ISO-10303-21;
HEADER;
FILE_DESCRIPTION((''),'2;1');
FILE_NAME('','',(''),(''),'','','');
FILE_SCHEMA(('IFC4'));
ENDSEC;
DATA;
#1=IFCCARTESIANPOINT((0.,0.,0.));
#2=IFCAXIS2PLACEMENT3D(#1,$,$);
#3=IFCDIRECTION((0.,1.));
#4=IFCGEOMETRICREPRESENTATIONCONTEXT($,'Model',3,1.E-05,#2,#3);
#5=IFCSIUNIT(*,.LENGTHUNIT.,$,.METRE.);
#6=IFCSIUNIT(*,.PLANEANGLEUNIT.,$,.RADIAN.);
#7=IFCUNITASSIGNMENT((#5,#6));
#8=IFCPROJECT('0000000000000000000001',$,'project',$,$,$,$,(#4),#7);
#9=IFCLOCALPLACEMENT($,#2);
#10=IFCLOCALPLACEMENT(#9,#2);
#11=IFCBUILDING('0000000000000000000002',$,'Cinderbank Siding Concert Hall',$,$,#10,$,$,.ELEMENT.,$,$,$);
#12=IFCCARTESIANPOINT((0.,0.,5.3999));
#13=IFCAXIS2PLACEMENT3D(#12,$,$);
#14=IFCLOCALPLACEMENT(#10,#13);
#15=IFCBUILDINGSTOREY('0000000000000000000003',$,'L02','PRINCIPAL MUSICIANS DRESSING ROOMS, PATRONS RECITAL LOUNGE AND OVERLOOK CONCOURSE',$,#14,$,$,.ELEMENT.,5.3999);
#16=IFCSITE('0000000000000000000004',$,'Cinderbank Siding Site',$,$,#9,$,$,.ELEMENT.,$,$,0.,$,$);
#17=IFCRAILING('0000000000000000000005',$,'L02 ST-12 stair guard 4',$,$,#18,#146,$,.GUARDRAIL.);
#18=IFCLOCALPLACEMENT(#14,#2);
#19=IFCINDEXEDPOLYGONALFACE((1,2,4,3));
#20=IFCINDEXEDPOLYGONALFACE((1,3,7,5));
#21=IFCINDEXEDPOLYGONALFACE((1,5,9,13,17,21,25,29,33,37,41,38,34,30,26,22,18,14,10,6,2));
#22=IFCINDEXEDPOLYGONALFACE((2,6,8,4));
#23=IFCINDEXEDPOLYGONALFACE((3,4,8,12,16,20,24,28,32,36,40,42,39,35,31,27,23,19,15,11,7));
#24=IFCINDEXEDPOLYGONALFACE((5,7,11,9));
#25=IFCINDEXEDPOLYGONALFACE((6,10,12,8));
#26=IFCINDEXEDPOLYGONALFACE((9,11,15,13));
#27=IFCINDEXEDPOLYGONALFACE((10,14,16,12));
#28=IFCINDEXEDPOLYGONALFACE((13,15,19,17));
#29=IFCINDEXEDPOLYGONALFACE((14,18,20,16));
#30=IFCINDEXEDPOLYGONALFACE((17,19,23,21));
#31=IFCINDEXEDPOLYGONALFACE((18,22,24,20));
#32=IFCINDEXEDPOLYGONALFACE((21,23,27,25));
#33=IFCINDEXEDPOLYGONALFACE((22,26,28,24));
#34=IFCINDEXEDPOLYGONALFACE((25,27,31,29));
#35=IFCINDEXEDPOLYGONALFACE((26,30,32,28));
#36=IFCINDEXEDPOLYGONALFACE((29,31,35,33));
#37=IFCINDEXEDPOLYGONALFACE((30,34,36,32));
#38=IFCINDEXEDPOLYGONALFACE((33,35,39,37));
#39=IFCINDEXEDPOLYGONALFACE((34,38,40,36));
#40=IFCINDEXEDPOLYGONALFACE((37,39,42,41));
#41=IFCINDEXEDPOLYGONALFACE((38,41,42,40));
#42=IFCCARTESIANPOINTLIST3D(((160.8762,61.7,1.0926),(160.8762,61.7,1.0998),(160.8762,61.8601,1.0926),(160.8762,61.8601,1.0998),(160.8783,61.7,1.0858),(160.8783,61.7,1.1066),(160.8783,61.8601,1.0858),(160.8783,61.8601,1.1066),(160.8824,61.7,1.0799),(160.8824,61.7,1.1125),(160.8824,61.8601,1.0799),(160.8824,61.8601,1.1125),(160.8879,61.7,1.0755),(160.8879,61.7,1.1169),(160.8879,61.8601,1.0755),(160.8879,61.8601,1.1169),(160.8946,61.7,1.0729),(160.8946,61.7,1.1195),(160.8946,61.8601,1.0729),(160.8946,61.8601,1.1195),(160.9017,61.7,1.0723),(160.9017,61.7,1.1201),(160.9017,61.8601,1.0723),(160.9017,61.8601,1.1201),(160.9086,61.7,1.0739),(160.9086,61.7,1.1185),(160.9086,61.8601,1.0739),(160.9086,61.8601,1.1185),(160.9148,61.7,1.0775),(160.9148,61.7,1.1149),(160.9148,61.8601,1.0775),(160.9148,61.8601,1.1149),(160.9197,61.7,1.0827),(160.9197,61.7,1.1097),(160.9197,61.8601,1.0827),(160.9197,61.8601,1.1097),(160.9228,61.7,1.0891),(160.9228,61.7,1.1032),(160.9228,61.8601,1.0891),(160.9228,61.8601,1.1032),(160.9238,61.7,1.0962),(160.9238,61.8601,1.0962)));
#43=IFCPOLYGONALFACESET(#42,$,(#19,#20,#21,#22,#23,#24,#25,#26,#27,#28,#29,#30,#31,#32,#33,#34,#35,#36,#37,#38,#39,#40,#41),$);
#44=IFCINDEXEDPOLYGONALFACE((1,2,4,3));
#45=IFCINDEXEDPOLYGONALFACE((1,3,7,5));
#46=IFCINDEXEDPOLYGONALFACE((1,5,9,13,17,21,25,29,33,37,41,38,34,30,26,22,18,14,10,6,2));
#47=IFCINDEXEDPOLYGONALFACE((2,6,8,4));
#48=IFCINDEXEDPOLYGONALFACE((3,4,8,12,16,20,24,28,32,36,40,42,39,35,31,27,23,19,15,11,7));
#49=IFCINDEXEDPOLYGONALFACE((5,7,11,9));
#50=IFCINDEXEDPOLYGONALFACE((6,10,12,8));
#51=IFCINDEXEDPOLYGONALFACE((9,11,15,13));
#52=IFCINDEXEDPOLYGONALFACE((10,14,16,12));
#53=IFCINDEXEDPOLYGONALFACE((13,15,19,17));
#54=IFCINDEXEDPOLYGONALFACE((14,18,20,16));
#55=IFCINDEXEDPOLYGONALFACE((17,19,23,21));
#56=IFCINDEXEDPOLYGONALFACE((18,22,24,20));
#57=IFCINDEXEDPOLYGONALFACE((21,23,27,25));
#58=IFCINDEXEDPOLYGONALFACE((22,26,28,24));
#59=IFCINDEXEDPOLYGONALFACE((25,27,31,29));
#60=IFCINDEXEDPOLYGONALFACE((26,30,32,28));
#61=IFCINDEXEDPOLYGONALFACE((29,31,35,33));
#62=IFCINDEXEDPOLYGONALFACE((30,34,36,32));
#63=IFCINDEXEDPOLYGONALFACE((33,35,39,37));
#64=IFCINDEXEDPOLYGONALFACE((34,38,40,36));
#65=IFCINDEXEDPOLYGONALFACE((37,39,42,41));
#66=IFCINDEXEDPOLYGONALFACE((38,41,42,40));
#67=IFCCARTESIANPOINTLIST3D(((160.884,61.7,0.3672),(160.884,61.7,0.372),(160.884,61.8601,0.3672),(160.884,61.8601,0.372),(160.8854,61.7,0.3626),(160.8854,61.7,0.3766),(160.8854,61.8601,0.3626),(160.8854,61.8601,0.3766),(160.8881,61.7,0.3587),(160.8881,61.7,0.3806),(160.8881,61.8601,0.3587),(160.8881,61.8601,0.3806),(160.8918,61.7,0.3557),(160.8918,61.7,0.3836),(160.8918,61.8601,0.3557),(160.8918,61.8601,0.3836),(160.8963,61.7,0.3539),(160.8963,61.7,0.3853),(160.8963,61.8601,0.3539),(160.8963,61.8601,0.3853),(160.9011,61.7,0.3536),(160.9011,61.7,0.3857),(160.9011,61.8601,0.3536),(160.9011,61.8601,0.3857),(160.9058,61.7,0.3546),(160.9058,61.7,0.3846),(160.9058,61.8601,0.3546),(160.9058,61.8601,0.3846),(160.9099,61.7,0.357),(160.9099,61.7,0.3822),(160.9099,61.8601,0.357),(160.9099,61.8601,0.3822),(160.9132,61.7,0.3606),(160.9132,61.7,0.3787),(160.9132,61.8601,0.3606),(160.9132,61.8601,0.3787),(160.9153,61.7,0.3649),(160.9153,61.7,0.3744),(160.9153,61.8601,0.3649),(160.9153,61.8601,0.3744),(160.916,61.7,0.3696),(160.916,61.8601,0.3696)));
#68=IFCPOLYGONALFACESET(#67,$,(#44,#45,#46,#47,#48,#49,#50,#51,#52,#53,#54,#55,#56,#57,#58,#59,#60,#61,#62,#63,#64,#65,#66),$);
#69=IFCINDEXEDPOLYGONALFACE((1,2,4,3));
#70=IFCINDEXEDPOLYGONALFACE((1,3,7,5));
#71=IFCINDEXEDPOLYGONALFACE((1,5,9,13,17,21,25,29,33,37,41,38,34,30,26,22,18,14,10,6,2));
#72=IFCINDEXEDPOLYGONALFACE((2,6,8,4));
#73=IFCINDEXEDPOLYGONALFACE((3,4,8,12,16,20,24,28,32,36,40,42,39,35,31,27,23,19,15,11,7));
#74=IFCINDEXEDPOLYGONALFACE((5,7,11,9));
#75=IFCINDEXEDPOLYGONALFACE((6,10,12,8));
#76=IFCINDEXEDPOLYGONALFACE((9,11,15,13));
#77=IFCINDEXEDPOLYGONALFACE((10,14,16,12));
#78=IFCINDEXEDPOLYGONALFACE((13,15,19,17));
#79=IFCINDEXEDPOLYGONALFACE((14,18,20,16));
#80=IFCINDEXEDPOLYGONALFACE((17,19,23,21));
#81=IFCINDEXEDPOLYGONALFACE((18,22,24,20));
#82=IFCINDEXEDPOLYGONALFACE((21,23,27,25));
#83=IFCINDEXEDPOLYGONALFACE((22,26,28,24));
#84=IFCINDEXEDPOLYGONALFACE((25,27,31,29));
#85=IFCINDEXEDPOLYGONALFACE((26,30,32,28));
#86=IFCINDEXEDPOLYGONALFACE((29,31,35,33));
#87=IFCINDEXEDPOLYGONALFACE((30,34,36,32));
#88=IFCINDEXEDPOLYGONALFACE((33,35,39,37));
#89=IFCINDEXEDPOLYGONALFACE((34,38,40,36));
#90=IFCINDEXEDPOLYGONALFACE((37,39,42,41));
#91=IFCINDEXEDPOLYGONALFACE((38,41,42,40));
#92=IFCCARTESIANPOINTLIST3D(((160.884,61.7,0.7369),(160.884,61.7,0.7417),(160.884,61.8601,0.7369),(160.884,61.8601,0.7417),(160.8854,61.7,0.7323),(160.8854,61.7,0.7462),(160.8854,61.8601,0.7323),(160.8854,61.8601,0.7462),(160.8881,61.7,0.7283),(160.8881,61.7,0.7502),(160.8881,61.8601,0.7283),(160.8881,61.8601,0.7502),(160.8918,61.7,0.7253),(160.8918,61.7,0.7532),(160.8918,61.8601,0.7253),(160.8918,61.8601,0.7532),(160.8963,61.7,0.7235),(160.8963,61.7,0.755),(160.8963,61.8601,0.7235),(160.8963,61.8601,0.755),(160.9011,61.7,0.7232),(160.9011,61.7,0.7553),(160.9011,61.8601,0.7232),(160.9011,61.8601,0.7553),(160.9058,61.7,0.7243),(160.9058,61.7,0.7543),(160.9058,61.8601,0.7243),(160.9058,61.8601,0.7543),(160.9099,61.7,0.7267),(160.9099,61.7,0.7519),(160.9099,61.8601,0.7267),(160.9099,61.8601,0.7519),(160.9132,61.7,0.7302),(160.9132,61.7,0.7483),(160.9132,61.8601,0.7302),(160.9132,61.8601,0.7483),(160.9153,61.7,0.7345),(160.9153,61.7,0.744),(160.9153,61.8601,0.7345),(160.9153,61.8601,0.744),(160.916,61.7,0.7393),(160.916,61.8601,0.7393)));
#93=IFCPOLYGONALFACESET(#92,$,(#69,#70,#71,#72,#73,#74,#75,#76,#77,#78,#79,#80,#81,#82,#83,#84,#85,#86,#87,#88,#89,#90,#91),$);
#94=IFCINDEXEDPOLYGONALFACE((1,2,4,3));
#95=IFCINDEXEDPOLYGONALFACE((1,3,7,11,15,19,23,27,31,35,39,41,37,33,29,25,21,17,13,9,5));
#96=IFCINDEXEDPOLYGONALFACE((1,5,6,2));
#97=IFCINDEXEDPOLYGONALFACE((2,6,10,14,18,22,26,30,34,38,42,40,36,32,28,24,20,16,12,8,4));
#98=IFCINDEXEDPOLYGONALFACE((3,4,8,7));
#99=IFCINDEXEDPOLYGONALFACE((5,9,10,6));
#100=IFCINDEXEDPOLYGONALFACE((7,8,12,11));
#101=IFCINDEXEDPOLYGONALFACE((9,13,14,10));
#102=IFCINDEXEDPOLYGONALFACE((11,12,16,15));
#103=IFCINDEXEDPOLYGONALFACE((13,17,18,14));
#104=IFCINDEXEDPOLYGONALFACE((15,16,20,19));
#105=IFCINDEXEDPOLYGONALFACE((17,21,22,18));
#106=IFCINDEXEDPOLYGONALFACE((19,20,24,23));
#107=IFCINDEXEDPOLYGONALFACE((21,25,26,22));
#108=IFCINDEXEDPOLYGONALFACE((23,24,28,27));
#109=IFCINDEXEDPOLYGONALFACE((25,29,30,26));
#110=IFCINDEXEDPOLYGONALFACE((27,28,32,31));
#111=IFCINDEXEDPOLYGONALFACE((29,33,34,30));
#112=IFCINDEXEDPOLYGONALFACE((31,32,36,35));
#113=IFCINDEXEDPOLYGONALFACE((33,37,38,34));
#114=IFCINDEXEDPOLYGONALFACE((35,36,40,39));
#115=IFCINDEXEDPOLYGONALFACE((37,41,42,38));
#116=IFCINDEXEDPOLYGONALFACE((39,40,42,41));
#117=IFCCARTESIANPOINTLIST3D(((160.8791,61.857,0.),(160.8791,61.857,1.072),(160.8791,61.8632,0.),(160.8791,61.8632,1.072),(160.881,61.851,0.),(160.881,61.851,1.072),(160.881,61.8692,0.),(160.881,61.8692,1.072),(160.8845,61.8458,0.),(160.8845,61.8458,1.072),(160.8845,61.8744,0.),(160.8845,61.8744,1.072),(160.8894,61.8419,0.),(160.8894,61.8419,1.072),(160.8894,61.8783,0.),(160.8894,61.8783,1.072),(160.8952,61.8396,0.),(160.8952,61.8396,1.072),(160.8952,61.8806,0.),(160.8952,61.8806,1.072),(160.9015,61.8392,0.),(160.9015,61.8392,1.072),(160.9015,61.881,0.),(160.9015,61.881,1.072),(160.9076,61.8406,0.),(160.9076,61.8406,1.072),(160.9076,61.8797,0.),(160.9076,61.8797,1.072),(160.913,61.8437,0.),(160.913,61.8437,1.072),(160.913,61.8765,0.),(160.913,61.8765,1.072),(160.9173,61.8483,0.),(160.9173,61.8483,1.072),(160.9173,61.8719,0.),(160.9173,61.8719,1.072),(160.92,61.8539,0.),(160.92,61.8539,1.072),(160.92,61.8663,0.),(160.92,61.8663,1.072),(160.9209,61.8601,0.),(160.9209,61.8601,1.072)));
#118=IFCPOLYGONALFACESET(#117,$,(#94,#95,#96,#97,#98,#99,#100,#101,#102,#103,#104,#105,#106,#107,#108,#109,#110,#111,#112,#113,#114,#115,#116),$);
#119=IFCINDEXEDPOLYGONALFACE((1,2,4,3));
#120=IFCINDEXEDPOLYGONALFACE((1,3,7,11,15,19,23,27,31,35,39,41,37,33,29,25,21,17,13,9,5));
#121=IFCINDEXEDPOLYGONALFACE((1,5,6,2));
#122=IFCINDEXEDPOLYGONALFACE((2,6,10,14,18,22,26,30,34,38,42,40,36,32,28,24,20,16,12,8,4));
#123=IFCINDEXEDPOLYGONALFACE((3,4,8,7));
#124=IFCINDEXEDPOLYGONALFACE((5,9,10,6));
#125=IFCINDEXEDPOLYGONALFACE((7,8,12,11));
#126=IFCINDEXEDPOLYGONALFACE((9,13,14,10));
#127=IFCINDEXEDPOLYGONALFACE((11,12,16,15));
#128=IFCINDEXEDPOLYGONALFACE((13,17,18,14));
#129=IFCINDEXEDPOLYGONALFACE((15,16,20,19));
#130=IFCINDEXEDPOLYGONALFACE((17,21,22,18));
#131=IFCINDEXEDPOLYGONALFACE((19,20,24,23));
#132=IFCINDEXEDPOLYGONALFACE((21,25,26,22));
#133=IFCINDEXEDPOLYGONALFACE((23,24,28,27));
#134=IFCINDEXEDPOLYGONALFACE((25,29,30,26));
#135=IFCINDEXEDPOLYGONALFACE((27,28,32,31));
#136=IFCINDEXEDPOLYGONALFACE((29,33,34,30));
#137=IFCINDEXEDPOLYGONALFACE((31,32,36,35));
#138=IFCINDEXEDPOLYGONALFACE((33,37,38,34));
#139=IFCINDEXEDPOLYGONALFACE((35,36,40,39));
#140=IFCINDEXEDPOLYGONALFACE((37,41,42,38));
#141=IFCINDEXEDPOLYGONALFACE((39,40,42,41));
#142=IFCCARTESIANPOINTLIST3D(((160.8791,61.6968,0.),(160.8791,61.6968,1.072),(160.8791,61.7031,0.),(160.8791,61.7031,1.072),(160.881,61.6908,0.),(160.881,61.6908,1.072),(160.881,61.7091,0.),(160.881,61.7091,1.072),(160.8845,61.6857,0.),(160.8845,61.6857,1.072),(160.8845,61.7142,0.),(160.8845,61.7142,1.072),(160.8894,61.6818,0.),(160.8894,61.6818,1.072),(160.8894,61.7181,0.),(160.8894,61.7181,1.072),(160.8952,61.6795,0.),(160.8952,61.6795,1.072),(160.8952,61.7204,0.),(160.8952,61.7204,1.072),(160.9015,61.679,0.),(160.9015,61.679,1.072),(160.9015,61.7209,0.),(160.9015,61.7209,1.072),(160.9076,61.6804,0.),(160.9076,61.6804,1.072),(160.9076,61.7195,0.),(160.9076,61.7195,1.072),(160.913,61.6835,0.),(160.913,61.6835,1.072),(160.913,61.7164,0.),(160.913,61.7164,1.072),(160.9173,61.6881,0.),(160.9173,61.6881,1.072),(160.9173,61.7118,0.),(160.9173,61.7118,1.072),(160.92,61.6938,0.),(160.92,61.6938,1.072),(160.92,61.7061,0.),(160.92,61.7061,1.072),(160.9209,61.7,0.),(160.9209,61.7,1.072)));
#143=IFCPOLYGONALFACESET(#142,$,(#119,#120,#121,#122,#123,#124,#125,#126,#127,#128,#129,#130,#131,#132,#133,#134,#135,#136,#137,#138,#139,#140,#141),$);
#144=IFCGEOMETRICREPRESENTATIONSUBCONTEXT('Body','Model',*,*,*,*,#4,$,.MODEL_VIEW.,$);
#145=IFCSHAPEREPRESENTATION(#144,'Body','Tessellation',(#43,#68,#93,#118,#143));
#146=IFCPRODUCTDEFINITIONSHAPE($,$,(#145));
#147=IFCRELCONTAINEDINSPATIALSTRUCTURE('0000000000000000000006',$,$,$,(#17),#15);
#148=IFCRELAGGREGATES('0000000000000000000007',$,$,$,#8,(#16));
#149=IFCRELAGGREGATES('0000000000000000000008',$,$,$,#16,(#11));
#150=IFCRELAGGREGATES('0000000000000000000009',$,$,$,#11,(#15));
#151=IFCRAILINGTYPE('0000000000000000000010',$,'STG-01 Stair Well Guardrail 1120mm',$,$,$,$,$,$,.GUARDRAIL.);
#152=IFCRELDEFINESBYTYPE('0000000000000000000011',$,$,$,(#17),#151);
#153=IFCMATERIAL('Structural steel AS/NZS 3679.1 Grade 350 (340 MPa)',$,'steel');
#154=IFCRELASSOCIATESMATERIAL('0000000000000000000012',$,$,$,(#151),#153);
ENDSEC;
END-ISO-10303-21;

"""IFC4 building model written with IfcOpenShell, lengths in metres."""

from ifc_helpers import new_model, si_unit, direction, frame, origin, origin_2d, place, context, subcontext, project, spatial, circle, extrude, material, type_object, element, save


model = new_model("IFC4")

# Units and contexts
model_context = context("Model", 3, precision=1e-05, world=origin(), true_north=direction((0.0, 1.0)))
body_context = subcontext(model_context, "Body", "Model", "MODEL_VIEW")
ifc_project = project(units=[si_unit("LENGTHUNIT", "METRE"), si_unit("PLANEANGLEUNIT", "RADIAN")], contexts=[model_context])

# Site, building, storey
site_placement = place(None, origin())
site = spatial("IfcSite", under=ifc_project, at=site_placement, Name="Cinderbank Siding Site", CompositionType="ELEMENT", RefElevation=0.0)
building_placement = place(site_placement, origin())
building = spatial("IfcBuilding", under=site, at=building_placement, Name="Cinderbank Siding Concert Hall", CompositionType="ELEMENT")
storey_placement = place(building_placement, frame((0.0, 0.0, 5.3999)))
storey = spatial("IfcBuildingStorey", under=building, at=storey_placement, Name="L02", Description="PRINCIPAL MUSICIANS DRESSING ROOMS, PATRONS RECITAL LOUNGE AND OVERLOOK CONCOURSE", CompositionType="ELEMENT", Elevation=5.3999)

# Shared definitions
ifc_material_1 = material(Name="Structural steel AS/NZS 3679.1 Grade 350 (340 MPa)", Category="steel")

# Railing
railing_type_1 = type_object("IfcRailingType", Name="STG-01 Stair Well Guardrail 1120mm", PredefinedType="GUARDRAIL", material=ifc_material_1)
railing_1_placement = place(storey_placement, frame((160.8999, 61.8601, 0.0)))
element("IfcRailing", 1, at=railing_1_placement, inside=storey, type_object=railing_type_1, Name="L02 ST-12 stair guard 4", PredefinedType="GUARDRAIL", context=body_context, shape_type="SweptSolid", body=[
    extrude(circle(Radius=0.0239, at=origin_2d()), frame((0.0, 0.0, 1.0962), z_axis=(0.0, -1.0, 0.0), x_axis=(1.0, 0.0, 0.0)), (0.0, 0.0, 1.0), 0.1602),
    extrude(circle(Radius=0.0161, at=origin_2d()), frame((0.0, 0.0, 0.3696), z_axis=(0.0, -1.0, 0.0), x_axis=(1.0, 0.0, 0.0)), (0.0, 0.0, 1.0), 0.1602),
    extrude(circle(Radius=0.0161, at=origin_2d()), frame((0.0, 0.0, 0.7393), z_axis=(0.0, -1.0, 0.0), x_axis=(1.0, 0.0, 0.0)), (0.0, 0.0, 1.0), 0.1602),
    extrude(circle(Radius=0.021, at=origin_2d()), origin(), (0.0, 0.0, 1.0), 1.072),
    extrude(circle(Radius=0.021, at=origin_2d()), frame((0.0, -0.1602, 0.0)), (0.0, 0.0, 1.0), 1.072),
])

save(model, "model.ifc")
